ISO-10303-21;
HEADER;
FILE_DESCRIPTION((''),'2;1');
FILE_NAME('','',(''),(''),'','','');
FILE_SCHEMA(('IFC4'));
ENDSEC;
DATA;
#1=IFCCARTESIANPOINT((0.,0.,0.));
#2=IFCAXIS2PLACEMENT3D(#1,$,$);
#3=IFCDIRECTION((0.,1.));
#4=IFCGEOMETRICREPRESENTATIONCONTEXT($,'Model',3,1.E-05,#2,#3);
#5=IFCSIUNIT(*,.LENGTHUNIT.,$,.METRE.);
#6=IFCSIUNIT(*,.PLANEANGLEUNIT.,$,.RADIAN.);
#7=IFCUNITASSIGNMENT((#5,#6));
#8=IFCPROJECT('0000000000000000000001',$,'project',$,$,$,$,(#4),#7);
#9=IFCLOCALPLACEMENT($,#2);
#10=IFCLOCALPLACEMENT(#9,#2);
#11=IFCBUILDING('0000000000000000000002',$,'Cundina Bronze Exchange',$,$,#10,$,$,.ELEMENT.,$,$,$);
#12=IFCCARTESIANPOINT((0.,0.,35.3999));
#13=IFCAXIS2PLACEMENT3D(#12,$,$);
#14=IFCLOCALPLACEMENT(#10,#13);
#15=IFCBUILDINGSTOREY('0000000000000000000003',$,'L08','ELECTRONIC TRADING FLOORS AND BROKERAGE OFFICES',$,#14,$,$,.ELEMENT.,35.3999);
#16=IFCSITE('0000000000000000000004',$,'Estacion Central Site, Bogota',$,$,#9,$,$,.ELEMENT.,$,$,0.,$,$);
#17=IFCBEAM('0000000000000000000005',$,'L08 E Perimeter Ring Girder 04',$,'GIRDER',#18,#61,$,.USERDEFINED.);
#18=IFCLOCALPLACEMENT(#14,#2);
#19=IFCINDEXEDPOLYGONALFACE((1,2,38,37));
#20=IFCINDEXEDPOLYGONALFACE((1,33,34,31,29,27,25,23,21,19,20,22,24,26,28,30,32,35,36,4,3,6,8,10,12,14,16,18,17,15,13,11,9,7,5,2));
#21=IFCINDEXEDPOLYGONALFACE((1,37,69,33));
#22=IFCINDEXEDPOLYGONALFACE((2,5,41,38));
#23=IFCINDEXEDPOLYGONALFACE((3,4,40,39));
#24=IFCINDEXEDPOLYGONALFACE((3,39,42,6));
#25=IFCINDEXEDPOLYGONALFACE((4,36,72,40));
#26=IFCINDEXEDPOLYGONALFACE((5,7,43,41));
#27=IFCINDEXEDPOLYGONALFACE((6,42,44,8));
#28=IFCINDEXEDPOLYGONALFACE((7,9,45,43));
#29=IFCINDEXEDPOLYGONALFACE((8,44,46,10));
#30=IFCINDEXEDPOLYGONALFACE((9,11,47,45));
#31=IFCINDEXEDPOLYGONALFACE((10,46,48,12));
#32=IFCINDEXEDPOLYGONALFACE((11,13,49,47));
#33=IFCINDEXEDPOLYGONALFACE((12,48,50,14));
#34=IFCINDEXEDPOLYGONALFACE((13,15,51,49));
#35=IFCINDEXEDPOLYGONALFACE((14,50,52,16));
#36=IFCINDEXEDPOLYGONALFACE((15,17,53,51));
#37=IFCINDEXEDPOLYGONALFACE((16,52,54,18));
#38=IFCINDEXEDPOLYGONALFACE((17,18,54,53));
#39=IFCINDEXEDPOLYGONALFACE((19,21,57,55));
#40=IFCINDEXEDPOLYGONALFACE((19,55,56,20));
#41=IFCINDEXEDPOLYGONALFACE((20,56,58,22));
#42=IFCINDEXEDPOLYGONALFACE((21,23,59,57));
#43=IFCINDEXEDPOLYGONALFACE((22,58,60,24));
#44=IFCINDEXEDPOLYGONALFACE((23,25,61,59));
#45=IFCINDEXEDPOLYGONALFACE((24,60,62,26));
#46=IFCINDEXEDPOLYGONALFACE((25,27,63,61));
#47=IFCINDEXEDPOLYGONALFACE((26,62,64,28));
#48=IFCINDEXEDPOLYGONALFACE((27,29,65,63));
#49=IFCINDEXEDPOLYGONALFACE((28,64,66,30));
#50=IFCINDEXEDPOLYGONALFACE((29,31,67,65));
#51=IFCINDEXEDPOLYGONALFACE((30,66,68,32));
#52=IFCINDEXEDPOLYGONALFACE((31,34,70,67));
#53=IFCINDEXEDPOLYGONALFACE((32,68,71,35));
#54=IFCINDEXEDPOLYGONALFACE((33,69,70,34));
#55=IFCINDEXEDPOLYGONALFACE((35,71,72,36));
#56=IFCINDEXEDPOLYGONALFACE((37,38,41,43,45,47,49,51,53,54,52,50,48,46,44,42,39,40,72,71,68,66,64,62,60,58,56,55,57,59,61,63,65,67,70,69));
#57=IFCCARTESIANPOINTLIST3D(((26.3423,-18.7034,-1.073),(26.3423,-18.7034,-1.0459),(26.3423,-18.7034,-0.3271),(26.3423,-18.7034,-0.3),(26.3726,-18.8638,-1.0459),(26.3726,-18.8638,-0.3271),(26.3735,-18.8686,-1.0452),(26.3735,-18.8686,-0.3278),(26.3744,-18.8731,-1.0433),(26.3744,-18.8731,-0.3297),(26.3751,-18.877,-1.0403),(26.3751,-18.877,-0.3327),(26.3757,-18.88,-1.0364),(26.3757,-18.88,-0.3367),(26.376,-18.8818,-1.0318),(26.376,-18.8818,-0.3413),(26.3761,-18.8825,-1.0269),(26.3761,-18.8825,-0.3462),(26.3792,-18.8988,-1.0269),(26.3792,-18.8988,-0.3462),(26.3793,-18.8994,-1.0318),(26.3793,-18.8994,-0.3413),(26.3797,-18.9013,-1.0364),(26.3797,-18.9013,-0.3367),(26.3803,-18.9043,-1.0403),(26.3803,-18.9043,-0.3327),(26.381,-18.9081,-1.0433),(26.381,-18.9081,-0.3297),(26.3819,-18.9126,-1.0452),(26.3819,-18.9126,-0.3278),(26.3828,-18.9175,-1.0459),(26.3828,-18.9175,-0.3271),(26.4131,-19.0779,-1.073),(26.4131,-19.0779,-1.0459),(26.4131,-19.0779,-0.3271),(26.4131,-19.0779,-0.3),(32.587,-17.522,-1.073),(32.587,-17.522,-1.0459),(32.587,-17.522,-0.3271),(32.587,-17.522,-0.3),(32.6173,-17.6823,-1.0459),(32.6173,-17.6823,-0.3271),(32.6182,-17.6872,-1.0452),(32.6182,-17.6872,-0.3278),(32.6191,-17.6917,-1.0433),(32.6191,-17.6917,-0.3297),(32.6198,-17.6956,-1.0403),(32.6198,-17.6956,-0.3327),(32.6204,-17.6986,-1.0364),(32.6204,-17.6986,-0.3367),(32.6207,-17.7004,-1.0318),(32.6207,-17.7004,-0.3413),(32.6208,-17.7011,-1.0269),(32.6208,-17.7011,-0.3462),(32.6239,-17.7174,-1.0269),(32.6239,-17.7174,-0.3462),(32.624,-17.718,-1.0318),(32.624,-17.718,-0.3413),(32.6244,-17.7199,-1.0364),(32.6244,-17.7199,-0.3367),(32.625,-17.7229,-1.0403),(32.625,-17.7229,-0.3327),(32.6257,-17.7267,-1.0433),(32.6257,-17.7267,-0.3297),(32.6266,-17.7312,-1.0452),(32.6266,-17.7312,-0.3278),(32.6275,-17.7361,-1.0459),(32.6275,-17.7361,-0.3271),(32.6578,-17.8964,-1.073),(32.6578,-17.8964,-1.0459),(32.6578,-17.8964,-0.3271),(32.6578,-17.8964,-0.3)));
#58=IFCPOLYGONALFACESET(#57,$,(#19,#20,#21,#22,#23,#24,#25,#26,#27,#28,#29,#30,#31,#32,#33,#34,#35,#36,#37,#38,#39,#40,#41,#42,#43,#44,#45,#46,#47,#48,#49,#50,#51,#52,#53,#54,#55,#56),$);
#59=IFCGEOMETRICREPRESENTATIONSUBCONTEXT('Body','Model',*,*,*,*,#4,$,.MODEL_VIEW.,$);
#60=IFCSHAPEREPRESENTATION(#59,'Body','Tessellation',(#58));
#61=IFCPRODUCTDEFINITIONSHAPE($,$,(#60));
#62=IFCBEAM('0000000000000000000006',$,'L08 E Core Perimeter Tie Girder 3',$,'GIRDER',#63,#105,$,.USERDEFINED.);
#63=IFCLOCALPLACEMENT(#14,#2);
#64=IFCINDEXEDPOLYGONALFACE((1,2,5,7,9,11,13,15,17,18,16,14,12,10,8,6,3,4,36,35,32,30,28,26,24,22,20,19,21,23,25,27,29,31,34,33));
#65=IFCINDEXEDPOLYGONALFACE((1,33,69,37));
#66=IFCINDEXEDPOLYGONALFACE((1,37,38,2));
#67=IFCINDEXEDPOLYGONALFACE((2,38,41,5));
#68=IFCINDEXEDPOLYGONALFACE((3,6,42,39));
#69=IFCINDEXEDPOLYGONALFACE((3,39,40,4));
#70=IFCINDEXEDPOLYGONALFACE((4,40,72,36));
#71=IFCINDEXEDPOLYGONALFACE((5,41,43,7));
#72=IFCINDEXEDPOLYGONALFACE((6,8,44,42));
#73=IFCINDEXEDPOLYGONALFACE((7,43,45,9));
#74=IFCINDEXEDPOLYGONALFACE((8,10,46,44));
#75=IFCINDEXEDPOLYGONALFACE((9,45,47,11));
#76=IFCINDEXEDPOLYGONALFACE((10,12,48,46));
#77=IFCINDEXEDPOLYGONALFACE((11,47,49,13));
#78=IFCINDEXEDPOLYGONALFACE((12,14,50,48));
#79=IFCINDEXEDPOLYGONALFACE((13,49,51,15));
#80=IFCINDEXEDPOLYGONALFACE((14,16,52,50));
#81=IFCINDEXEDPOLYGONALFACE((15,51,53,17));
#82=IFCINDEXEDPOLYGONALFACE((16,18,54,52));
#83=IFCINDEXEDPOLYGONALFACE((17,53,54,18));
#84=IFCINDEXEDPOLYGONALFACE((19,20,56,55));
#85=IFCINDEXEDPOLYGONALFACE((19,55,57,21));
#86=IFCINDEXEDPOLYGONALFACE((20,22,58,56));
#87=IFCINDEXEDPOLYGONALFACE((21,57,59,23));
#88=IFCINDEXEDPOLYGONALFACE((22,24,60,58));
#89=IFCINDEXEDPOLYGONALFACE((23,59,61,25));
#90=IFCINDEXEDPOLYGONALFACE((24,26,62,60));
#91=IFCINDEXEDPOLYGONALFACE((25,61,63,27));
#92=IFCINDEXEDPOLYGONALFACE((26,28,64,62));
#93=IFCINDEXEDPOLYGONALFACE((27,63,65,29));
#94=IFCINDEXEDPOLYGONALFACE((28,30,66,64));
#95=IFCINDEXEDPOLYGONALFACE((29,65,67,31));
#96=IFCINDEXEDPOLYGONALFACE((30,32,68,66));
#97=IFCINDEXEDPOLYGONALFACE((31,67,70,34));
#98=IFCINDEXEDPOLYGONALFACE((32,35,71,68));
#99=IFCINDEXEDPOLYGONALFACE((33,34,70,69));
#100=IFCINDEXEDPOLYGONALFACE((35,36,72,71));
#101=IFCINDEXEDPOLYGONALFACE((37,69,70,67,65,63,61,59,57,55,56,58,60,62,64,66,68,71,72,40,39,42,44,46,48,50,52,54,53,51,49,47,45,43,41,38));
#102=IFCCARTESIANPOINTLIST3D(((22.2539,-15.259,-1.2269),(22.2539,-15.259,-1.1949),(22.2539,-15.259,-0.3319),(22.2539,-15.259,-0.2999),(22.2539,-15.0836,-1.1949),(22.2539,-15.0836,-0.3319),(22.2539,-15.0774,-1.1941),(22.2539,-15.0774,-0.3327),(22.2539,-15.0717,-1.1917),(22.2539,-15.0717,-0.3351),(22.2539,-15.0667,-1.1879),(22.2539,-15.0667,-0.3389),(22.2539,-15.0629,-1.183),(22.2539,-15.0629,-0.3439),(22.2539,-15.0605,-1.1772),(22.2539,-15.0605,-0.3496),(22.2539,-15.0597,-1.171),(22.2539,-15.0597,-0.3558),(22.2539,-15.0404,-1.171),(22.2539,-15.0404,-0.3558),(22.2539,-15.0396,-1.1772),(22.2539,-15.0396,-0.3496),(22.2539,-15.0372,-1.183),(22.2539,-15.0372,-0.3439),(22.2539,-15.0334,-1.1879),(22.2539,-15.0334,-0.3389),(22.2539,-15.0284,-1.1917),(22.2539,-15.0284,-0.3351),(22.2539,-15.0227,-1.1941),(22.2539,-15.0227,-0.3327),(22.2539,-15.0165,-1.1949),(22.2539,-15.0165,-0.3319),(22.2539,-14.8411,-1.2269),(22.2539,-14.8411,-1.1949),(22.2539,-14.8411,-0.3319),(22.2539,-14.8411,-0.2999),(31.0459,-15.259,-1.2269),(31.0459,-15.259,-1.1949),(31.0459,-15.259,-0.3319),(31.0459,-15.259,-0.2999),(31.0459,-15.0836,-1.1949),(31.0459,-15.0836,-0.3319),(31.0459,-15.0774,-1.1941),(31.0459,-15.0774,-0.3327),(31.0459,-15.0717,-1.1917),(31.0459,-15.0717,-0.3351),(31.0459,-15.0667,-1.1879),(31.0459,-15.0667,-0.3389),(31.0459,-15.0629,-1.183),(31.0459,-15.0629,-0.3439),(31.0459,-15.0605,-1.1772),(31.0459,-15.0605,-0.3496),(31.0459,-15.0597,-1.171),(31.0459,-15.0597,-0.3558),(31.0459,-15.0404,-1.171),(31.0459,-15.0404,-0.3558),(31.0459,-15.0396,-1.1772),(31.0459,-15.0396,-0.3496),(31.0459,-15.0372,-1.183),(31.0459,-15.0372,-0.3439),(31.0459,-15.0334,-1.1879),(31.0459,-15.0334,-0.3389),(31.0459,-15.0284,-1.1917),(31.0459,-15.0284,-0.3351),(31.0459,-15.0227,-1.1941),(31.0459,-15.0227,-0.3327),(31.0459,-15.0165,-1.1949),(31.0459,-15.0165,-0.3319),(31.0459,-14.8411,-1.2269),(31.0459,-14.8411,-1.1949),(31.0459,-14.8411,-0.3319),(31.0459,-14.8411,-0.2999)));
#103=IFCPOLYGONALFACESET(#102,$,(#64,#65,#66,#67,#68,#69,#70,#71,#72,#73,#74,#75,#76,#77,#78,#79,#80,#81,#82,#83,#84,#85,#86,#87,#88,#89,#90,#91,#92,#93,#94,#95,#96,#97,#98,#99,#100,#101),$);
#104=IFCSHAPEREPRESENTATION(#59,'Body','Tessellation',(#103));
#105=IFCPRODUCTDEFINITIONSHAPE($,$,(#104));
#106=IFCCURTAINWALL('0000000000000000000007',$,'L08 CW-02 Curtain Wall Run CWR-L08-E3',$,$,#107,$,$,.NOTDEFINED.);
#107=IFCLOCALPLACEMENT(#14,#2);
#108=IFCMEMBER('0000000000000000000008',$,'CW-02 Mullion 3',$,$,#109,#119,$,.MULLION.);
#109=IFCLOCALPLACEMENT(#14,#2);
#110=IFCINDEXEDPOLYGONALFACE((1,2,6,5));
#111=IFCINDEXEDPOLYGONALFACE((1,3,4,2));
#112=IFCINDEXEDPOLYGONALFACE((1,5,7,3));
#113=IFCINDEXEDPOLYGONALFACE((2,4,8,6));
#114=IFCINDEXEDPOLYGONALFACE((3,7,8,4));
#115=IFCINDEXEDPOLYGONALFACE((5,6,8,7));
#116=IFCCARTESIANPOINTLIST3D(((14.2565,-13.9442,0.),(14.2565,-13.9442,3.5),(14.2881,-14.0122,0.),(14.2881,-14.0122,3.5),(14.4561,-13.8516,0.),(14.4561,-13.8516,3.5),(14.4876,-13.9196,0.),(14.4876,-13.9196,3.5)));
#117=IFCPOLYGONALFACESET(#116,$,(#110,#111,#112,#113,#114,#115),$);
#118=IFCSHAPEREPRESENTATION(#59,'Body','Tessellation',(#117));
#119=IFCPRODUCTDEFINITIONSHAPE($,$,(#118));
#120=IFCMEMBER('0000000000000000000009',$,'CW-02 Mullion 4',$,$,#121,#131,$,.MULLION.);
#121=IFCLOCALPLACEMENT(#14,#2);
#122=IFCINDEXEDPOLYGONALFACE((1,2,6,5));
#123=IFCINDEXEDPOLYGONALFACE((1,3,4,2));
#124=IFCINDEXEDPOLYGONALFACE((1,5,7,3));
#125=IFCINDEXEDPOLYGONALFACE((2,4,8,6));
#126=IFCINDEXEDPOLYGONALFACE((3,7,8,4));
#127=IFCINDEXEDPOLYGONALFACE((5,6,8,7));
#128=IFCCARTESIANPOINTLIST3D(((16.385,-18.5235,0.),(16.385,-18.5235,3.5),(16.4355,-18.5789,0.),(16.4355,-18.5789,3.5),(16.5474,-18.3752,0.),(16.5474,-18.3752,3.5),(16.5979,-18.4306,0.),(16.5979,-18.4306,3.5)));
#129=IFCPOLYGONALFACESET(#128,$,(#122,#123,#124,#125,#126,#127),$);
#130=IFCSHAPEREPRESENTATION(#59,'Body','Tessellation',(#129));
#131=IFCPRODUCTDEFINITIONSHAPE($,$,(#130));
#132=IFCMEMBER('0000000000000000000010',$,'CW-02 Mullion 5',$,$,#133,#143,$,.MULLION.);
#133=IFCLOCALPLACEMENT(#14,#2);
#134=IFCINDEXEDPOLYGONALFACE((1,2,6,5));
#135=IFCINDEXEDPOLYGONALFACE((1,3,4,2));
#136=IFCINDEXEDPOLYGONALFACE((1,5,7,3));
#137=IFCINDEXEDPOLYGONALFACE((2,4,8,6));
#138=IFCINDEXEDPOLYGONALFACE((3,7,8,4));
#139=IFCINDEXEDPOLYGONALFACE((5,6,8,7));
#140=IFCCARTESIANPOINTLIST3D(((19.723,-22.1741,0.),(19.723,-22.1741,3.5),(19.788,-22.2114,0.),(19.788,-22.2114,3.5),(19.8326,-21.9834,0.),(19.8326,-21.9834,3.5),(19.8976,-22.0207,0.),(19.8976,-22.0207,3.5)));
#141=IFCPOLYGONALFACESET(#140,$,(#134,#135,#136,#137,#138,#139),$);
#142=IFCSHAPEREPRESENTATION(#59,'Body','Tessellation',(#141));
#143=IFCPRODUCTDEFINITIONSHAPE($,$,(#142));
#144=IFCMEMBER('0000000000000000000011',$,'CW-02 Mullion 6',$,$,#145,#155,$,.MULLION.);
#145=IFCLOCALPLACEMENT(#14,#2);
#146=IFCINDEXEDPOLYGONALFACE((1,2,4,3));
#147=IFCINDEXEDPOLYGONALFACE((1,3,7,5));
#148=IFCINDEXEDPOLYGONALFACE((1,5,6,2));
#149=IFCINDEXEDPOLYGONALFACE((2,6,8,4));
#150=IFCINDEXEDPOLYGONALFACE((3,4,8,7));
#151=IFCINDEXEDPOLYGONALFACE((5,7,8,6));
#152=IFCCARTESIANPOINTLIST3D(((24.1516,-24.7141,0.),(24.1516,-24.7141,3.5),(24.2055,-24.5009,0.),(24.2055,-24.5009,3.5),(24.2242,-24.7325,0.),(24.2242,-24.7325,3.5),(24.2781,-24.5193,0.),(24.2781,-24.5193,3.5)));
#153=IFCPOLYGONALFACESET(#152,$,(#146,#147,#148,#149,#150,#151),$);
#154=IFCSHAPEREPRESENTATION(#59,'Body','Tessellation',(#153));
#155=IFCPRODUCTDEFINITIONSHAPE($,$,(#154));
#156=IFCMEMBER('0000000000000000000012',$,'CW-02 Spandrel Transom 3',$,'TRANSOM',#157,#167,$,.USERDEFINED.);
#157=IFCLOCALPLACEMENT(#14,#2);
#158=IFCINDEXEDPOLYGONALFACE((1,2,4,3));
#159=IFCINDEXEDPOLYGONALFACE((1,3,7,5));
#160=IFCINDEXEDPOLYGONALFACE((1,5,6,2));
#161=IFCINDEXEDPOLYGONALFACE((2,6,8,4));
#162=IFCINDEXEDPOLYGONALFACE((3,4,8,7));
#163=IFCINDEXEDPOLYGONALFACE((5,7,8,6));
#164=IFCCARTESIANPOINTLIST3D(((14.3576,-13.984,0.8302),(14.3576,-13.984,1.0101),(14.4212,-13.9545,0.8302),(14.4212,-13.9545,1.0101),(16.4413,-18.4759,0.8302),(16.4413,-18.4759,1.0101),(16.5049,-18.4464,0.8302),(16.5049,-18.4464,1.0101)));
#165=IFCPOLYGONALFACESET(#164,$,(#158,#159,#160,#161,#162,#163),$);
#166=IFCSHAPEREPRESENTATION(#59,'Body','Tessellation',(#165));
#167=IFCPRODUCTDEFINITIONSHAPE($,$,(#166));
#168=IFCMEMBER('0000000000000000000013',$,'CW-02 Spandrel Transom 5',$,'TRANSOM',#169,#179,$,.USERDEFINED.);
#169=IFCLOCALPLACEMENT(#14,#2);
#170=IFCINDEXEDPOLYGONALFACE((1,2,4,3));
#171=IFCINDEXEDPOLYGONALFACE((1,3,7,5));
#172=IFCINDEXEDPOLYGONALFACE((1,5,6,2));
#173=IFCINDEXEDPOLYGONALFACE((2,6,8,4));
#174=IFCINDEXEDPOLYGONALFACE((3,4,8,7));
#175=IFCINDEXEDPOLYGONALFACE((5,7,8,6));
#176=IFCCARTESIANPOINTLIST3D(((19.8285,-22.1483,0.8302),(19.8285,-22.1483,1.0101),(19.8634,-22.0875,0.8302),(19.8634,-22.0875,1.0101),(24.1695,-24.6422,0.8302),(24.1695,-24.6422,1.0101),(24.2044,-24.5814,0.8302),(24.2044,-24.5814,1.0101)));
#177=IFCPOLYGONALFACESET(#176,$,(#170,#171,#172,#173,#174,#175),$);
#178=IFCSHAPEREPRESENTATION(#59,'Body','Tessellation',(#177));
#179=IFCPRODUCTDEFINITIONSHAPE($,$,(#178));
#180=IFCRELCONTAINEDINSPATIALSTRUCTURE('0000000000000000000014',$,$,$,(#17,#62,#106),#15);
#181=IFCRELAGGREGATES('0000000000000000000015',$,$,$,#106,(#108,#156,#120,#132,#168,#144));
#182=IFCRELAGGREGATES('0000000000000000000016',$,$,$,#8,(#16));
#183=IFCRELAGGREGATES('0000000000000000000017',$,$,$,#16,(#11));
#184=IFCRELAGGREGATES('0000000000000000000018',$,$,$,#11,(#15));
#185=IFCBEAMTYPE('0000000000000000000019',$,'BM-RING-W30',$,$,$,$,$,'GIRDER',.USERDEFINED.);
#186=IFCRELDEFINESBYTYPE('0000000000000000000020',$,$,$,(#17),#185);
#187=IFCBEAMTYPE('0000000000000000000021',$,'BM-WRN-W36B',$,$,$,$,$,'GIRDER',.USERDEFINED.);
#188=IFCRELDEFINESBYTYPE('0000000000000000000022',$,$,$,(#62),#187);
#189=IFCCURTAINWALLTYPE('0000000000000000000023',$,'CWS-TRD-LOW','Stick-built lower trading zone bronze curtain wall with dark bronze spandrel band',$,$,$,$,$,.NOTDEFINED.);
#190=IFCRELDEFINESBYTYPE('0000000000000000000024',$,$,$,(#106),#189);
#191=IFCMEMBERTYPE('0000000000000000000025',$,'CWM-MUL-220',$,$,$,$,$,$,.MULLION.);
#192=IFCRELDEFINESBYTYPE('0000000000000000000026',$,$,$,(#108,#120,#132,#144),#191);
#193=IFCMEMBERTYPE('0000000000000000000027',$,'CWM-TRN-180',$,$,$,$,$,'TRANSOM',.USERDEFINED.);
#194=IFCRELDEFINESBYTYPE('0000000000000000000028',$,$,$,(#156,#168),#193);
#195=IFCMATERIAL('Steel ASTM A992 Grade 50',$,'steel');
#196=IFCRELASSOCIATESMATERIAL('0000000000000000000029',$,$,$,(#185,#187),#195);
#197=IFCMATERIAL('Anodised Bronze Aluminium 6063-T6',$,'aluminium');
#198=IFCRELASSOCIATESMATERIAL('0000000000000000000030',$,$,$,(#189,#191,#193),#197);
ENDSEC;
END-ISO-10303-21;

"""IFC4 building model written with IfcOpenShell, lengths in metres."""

from ifc_helpers import new_model, si_unit, direction, frame, origin, origin_2d, place, context, subcontext, project, spatial, rectangle, i_section, extrude, material, material_profile, profile_set, type_object, element, aggregate, save


model = new_model("IFC4")

# Units and contexts
model_context = context("Model", 3, precision=1e-05, world=origin(), true_north=direction((0.0, 1.0)))
body_context = subcontext(model_context, "Body", "Model", "MODEL_VIEW")
ifc_project = project(units=[si_unit("LENGTHUNIT", "METRE"), si_unit("PLANEANGLEUNIT", "RADIAN")], contexts=[model_context])

# Site, building, storey
site_placement = place(None, origin())
site = spatial("IfcSite", under=ifc_project, at=site_placement, Name="Estacion Central Site, Bogota", CompositionType="ELEMENT", RefElevation=0.0)
building_placement = place(site_placement, origin())
building = spatial("IfcBuilding", under=site, at=building_placement, Name="Cundina Bronze Exchange", CompositionType="ELEMENT")
storey_placement = place(building_placement, frame((0.0, 0.0, 35.3999)))
storey = spatial("IfcBuildingStorey", under=building, at=storey_placement, Name="L08", Description="ELECTRONIC TRADING FLOORS AND BROKERAGE OFFICES", CompositionType="ELEMENT", Elevation=35.3999)

# Shared definitions
ifc_material_1 = material(Name="Steel ASTM A992 Grade 50", Category="steel")

# Beams
ifc_material_profile_1 = material_profile(ifc_material_1, i_section(OverallWidth=0.3811, OverallDepth=0.7729, WebThickness=0.0166, FlangeThickness=0.0271, FilletRadius=0.019, at=origin_2d()), Name="W30X173", Category="steel")
ifc_profile_set_1 = profile_set([ifc_material_profile_1], Name="Steel ASTM A992 Grade 50")
beam_type_1 = type_object("IfcBeamType", Name="BM-RING-W30", ElementType="GIRDER", PredefinedType="USERDEFINED", material=ifc_profile_set_1)
beam_1_placement = place(storey_placement, frame((26.3777, -18.8906, -0.6865), z_axis=(0.982571, 0.185889, 0.0), x_axis=(-0.185889, 0.982571, 0.0)))
element("IfcBeam", 1, at=beam_1_placement, inside=storey, type_object=beam_type_1, Name="L08 E Perimeter Ring Girder 04", ObjectType="GIRDER", PredefinedType="USERDEFINED", context=body_context, shape_type="SweptSolid", body=[
    extrude(i_section(OverallWidth=0.3811, OverallDepth=0.7729, WebThickness=0.0166, FlangeThickness=0.0271, FilletRadius=0.019, at=origin_2d()), origin(), (0.0, 0.0, 1.0), 6.3555),
])
ifc_material_profile_2 = material_profile(ifc_material_1, i_section(OverallWidth=0.418, OverallDepth=0.927, WebThickness=0.0193, FlangeThickness=0.032, FilletRadius=0.0239, at=origin_2d()), Name="W36X231", Category="steel")
ifc_profile_set_2 = profile_set([ifc_material_profile_2], Name="Steel ASTM A992 Grade 50")
beam_type_2 = type_object("IfcBeamType", Name="BM-WRN-W36B", ElementType="GIRDER", PredefinedType="USERDEFINED", material=ifc_profile_set_2)
beam_2_placement = place(storey_placement, frame((22.2539, -15.05, -0.7634), z_axis=(1.0, 0.0, 0.0), x_axis=(0.0, 1.0, 0.0)))
element("IfcBeam", 2, at=beam_2_placement, inside=storey, type_object=beam_type_2, Name="L08 E Core Perimeter Tie Girder 3", ObjectType="GIRDER", PredefinedType="USERDEFINED", context=body_context, shape_type="SweptSolid", body=[
    extrude(i_section(OverallWidth=0.418, OverallDepth=0.927, WebThickness=0.0193, FlangeThickness=0.032, FilletRadius=0.0239, at=origin_2d()), origin(), (0.0, 0.0, 1.0), 8.792),
])

# Curtain wall, members
ifc_material_2 = material(Name="Anodised Bronze Aluminium 6063-T6", Category="aluminium")
curtain_wall_type = type_object("IfcCurtainWallType", Name="CWS-TRD-LOW", Description="Stick-built lower trading zone bronze curtain wall with dark bronze spandrel band", PredefinedType="NOTDEFINED", material=ifc_material_2)
curtain_wall_placement = place(storey_placement, origin())
curtain_wall = element("IfcCurtainWall", 3, at=curtain_wall_placement, inside=storey, type_object=curtain_wall_type, Name="L08 CW-02 Curtain Wall Run CWR-L08-E3", PredefinedType="NOTDEFINED")
ifc_material_profile_3 = material_profile(ifc_material_2, rectangle(XDim=0.075, YDim=0.22, at=origin_2d()), Name="AL75X220", Category="aluminium")
ifc_profile_set_3 = profile_set([ifc_material_profile_3], Name="Anodised Bronze Aluminium 6063-T6")
member_type_1 = type_object("IfcMemberType", Name="CWM-MUL-220", PredefinedType="MULLION", material=ifc_profile_set_3)
member_1_placement = place(storey_placement, frame((14.3721, -13.9319, 0.0), z_axis=(0.0, 0.0, 1.0), x_axis=(0.420877, -0.907117, 0.0)))
member_1 = element("IfcMember", 4, at=member_1_placement, type_object=member_type_1, Name="CW-02 Mullion 3", PredefinedType="MULLION", context=body_context, shape_type="SweptSolid", body=[
    extrude(rectangle(XDim=0.075, YDim=0.22, at=origin_2d()), origin(), (0.0, 0.0, 1.0), 3.5),
])
member_2_placement = place(storey_placement, frame((16.4915, -18.4771, 0.0), z_axis=(0.0, 0.0, 1.0), x_axis=(0.674302, -0.738455, 0.0)))
member_2 = element("IfcMember", 5, at=member_2_placement, type_object=member_type_1, Name="CW-02 Mullion 4", PredefinedType="MULLION", context=body_context, shape_type="SweptSolid", body=[
    extrude(rectangle(XDim=0.075, YDim=0.22, at=origin_2d()), origin(), (0.0, 0.0, 1.0), 3.5),
])
member_3_placement = place(storey_placement, frame((19.8103, -22.0974, 0.0), z_axis=(0.0, 0.0, 1.0), x_axis=(0.867071, -0.498185, 0.0)))
member_3 = element("IfcMember", 6, at=member_3_placement, type_object=member_type_1, Name="CW-02 Mullion 5", PredefinedType="MULLION", context=body_context, shape_type="SweptSolid", body=[
    extrude(rectangle(XDim=0.075, YDim=0.22, at=origin_2d()), origin(), (0.0, 0.0, 1.0), 3.5),
])
member_4_placement = place(storey_placement, frame((24.2148, -24.6167, 0.0), z_axis=(0.0, 0.0, 1.0), x_axis=(0.969488, -0.245138, 0.0)))
member_4 = element("IfcMember", 7, at=member_4_placement, type_object=member_type_1, Name="CW-02 Mullion 6", PredefinedType="MULLION", context=body_context, shape_type="SweptSolid", body=[
    extrude(rectangle(XDim=0.075, YDim=0.22, at=origin_2d()), origin(), (0.0, 0.0, 1.0), 3.5),
])
ifc_material_profile_4 = material_profile(ifc_material_2, rectangle(XDim=0.0701, YDim=0.1799, at=origin_2d()), Name="AL70X180", Category="aluminium")
ifc_profile_set_4 = profile_set([ifc_material_profile_4], Name="Anodised Bronze Aluminium 6063-T6")
member_type_2 = type_object("IfcMemberType", Name="CWM-TRN-180", ElementType="TRANSOM", PredefinedType="USERDEFINED", material=ifc_profile_set_4)
member_5_placement = place(storey_placement, frame((14.3894, -13.9692, 0.9202), z_axis=(0.420811, -0.907148, 0.0), x_axis=(0.907148, 0.420811, 0.0)))
member_5 = element("IfcMember", 8, at=member_5_placement, type_object=member_type_2, Name="CW-02 Spandrel Transom 3", ObjectType="TRANSOM", PredefinedType="USERDEFINED", context=body_context, shape_type="SweptSolid", body=[
    extrude(rectangle(XDim=0.0701, YDim=0.1799, at=origin_2d()), origin(), (0.0, 0.0, 1.0), 4.9517),
])
member_6_placement = place(storey_placement, frame((19.8459, -22.1179, 0.9202), z_axis=(0.867097, -0.498139, 0.0), x_axis=(0.498139, 0.867097, 0.0)))
member_6 = element("IfcMember", 9, at=member_6_placement, type_object=member_type_2, Name="CW-02 Spandrel Transom 5", ObjectType="TRANSOM", PredefinedType="USERDEFINED", context=body_context, shape_type="SweptSolid", body=[
    extrude(rectangle(XDim=0.0701, YDim=0.1799, at=origin_2d()), origin(), (0.0, 0.0, 1.0), 5.0063),
])
aggregate(curtain_wall, [member_1, member_5, member_2, member_3, member_6, member_4])

save(model, "model.ifc")
